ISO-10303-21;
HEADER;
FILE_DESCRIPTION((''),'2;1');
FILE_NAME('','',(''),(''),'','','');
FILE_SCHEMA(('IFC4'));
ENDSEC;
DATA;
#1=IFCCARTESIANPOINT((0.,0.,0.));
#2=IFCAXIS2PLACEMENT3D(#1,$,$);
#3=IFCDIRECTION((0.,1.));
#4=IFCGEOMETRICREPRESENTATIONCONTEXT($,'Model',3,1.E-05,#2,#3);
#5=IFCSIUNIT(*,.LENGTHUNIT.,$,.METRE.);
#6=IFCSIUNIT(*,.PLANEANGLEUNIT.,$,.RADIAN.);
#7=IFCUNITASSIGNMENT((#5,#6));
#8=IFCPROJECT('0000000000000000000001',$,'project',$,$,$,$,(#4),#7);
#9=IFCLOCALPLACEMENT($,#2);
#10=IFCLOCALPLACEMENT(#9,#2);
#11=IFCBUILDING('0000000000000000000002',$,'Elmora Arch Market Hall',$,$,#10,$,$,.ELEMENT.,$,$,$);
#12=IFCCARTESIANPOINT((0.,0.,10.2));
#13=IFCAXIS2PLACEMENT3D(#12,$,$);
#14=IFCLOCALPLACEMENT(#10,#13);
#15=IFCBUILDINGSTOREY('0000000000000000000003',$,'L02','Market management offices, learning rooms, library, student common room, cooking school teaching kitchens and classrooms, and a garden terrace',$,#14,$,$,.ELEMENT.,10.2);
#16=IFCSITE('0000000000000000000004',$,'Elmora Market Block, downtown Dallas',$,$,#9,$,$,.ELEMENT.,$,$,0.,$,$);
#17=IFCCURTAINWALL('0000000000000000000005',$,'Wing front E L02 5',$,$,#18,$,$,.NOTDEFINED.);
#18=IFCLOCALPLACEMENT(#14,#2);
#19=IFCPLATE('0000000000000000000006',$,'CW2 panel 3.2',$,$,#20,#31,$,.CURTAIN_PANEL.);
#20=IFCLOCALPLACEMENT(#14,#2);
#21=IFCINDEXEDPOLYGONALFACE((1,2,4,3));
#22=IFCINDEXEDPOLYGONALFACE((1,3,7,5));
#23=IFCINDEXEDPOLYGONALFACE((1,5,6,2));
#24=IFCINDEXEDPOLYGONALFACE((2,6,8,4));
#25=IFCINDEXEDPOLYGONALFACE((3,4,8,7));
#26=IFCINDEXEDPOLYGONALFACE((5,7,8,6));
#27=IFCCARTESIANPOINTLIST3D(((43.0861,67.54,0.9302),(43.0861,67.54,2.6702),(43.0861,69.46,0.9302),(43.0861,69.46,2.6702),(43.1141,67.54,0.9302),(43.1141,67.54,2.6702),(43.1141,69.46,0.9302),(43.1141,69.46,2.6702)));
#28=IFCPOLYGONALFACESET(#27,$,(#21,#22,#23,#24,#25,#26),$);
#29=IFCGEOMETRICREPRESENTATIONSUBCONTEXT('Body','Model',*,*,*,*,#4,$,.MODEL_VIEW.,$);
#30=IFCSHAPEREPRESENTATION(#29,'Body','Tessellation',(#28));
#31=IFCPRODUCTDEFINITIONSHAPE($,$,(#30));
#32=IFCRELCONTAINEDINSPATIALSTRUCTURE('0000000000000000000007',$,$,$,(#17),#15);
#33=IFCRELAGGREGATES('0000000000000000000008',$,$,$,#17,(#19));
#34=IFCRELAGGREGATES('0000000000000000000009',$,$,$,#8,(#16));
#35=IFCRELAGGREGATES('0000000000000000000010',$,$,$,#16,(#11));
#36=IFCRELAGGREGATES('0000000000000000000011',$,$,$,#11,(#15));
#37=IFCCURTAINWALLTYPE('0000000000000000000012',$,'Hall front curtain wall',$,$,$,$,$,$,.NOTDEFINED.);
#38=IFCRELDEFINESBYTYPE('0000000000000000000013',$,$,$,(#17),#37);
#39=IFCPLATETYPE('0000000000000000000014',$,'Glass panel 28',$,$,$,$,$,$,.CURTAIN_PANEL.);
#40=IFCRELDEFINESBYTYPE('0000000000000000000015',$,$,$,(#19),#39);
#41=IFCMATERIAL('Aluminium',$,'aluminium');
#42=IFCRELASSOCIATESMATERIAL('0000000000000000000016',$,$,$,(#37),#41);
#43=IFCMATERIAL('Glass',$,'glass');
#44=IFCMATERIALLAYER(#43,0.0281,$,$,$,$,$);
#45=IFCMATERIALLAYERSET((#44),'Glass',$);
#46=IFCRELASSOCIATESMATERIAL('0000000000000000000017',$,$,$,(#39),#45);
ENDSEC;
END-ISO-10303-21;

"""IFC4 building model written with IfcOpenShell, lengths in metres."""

from ifc_helpers import new_model, si_unit, direction, frame, origin, origin_2d, place, context, subcontext, project, spatial, rectangle, extrude, material, layer, layer_set, type_object, element, aggregate, save


model = new_model("IFC4")

# Units and contexts
model_context = context("Model", 3, precision=1e-05, world=origin(), true_north=direction((0.0, 1.0)))
body_context = subcontext(model_context, "Body", "Model", "MODEL_VIEW")
ifc_project = project(units=[si_unit("LENGTHUNIT", "METRE"), si_unit("PLANEANGLEUNIT", "RADIAN")], contexts=[model_context])

# Site, building, storey
site_placement = place(None, origin())
site = spatial("IfcSite", under=ifc_project, at=site_placement, Name="Elmora Market Block, downtown Dallas", CompositionType="ELEMENT", RefElevation=0.0)
building_placement = place(site_placement, origin())
building = spatial("IfcBuilding", under=site, at=building_placement, Name="Elmora Arch Market Hall", CompositionType="ELEMENT")
storey_placement = place(building_placement, frame((0.0, 0.0, 10.2)))
storey = spatial("IfcBuildingStorey", under=building, at=storey_placement, Name="L02", Description="Market management offices, learning rooms, library, student common room, cooking school teaching kitchens and classrooms, and a garden terrace", CompositionType="ELEMENT", Elevation=10.2)

# Shared definitions
ifc_material_1 = material(Name="Aluminium", Category="aluminium")
curtain_wall_type = type_object("IfcCurtainWallType", Name="Hall front curtain wall", PredefinedType="NOTDEFINED", material=ifc_material_1)

# Curtain wall
curtain_wall_1_placement = place(storey_placement, origin())
curtain_wall_1 = element("IfcCurtainWall", 1, at=curtain_wall_1_placement, inside=storey, type_object=curtain_wall_type, Name="Wing front E L02 5", PredefinedType="NOTDEFINED")

# Plate
ifc_material_2 = material(Name="Glass", Category="glass")
ifc_layer = layer(ifc_material_2, 0.0281)
ifc_layer_set = layer_set([ifc_layer], Name="Glass")
plate_type = type_object("IfcPlateType", Name="Glass panel 28", PredefinedType="CURTAIN_PANEL", material=ifc_layer_set)
plate_1_placement = place(storey_placement, frame((43.1001, 68.5, 0.9302), z_axis=(0.0, 0.0, 1.0), x_axis=(0.0, 1.0, 0.0)))
plate_1 = element("IfcPlate", 2, at=plate_1_placement, type_object=plate_type, Name="CW2 panel 3.2", PredefinedType="CURTAIN_PANEL", context=body_context, shape_type="SweptSolid", body=[
    extrude(rectangle(XDim=1.9199, YDim=0.0281, at=origin_2d()), origin(), (0.0, 0.0, 1.0), 1.74),
])
aggregate(curtain_wall_1, [plate_1])

save(model, "model.ifc")
